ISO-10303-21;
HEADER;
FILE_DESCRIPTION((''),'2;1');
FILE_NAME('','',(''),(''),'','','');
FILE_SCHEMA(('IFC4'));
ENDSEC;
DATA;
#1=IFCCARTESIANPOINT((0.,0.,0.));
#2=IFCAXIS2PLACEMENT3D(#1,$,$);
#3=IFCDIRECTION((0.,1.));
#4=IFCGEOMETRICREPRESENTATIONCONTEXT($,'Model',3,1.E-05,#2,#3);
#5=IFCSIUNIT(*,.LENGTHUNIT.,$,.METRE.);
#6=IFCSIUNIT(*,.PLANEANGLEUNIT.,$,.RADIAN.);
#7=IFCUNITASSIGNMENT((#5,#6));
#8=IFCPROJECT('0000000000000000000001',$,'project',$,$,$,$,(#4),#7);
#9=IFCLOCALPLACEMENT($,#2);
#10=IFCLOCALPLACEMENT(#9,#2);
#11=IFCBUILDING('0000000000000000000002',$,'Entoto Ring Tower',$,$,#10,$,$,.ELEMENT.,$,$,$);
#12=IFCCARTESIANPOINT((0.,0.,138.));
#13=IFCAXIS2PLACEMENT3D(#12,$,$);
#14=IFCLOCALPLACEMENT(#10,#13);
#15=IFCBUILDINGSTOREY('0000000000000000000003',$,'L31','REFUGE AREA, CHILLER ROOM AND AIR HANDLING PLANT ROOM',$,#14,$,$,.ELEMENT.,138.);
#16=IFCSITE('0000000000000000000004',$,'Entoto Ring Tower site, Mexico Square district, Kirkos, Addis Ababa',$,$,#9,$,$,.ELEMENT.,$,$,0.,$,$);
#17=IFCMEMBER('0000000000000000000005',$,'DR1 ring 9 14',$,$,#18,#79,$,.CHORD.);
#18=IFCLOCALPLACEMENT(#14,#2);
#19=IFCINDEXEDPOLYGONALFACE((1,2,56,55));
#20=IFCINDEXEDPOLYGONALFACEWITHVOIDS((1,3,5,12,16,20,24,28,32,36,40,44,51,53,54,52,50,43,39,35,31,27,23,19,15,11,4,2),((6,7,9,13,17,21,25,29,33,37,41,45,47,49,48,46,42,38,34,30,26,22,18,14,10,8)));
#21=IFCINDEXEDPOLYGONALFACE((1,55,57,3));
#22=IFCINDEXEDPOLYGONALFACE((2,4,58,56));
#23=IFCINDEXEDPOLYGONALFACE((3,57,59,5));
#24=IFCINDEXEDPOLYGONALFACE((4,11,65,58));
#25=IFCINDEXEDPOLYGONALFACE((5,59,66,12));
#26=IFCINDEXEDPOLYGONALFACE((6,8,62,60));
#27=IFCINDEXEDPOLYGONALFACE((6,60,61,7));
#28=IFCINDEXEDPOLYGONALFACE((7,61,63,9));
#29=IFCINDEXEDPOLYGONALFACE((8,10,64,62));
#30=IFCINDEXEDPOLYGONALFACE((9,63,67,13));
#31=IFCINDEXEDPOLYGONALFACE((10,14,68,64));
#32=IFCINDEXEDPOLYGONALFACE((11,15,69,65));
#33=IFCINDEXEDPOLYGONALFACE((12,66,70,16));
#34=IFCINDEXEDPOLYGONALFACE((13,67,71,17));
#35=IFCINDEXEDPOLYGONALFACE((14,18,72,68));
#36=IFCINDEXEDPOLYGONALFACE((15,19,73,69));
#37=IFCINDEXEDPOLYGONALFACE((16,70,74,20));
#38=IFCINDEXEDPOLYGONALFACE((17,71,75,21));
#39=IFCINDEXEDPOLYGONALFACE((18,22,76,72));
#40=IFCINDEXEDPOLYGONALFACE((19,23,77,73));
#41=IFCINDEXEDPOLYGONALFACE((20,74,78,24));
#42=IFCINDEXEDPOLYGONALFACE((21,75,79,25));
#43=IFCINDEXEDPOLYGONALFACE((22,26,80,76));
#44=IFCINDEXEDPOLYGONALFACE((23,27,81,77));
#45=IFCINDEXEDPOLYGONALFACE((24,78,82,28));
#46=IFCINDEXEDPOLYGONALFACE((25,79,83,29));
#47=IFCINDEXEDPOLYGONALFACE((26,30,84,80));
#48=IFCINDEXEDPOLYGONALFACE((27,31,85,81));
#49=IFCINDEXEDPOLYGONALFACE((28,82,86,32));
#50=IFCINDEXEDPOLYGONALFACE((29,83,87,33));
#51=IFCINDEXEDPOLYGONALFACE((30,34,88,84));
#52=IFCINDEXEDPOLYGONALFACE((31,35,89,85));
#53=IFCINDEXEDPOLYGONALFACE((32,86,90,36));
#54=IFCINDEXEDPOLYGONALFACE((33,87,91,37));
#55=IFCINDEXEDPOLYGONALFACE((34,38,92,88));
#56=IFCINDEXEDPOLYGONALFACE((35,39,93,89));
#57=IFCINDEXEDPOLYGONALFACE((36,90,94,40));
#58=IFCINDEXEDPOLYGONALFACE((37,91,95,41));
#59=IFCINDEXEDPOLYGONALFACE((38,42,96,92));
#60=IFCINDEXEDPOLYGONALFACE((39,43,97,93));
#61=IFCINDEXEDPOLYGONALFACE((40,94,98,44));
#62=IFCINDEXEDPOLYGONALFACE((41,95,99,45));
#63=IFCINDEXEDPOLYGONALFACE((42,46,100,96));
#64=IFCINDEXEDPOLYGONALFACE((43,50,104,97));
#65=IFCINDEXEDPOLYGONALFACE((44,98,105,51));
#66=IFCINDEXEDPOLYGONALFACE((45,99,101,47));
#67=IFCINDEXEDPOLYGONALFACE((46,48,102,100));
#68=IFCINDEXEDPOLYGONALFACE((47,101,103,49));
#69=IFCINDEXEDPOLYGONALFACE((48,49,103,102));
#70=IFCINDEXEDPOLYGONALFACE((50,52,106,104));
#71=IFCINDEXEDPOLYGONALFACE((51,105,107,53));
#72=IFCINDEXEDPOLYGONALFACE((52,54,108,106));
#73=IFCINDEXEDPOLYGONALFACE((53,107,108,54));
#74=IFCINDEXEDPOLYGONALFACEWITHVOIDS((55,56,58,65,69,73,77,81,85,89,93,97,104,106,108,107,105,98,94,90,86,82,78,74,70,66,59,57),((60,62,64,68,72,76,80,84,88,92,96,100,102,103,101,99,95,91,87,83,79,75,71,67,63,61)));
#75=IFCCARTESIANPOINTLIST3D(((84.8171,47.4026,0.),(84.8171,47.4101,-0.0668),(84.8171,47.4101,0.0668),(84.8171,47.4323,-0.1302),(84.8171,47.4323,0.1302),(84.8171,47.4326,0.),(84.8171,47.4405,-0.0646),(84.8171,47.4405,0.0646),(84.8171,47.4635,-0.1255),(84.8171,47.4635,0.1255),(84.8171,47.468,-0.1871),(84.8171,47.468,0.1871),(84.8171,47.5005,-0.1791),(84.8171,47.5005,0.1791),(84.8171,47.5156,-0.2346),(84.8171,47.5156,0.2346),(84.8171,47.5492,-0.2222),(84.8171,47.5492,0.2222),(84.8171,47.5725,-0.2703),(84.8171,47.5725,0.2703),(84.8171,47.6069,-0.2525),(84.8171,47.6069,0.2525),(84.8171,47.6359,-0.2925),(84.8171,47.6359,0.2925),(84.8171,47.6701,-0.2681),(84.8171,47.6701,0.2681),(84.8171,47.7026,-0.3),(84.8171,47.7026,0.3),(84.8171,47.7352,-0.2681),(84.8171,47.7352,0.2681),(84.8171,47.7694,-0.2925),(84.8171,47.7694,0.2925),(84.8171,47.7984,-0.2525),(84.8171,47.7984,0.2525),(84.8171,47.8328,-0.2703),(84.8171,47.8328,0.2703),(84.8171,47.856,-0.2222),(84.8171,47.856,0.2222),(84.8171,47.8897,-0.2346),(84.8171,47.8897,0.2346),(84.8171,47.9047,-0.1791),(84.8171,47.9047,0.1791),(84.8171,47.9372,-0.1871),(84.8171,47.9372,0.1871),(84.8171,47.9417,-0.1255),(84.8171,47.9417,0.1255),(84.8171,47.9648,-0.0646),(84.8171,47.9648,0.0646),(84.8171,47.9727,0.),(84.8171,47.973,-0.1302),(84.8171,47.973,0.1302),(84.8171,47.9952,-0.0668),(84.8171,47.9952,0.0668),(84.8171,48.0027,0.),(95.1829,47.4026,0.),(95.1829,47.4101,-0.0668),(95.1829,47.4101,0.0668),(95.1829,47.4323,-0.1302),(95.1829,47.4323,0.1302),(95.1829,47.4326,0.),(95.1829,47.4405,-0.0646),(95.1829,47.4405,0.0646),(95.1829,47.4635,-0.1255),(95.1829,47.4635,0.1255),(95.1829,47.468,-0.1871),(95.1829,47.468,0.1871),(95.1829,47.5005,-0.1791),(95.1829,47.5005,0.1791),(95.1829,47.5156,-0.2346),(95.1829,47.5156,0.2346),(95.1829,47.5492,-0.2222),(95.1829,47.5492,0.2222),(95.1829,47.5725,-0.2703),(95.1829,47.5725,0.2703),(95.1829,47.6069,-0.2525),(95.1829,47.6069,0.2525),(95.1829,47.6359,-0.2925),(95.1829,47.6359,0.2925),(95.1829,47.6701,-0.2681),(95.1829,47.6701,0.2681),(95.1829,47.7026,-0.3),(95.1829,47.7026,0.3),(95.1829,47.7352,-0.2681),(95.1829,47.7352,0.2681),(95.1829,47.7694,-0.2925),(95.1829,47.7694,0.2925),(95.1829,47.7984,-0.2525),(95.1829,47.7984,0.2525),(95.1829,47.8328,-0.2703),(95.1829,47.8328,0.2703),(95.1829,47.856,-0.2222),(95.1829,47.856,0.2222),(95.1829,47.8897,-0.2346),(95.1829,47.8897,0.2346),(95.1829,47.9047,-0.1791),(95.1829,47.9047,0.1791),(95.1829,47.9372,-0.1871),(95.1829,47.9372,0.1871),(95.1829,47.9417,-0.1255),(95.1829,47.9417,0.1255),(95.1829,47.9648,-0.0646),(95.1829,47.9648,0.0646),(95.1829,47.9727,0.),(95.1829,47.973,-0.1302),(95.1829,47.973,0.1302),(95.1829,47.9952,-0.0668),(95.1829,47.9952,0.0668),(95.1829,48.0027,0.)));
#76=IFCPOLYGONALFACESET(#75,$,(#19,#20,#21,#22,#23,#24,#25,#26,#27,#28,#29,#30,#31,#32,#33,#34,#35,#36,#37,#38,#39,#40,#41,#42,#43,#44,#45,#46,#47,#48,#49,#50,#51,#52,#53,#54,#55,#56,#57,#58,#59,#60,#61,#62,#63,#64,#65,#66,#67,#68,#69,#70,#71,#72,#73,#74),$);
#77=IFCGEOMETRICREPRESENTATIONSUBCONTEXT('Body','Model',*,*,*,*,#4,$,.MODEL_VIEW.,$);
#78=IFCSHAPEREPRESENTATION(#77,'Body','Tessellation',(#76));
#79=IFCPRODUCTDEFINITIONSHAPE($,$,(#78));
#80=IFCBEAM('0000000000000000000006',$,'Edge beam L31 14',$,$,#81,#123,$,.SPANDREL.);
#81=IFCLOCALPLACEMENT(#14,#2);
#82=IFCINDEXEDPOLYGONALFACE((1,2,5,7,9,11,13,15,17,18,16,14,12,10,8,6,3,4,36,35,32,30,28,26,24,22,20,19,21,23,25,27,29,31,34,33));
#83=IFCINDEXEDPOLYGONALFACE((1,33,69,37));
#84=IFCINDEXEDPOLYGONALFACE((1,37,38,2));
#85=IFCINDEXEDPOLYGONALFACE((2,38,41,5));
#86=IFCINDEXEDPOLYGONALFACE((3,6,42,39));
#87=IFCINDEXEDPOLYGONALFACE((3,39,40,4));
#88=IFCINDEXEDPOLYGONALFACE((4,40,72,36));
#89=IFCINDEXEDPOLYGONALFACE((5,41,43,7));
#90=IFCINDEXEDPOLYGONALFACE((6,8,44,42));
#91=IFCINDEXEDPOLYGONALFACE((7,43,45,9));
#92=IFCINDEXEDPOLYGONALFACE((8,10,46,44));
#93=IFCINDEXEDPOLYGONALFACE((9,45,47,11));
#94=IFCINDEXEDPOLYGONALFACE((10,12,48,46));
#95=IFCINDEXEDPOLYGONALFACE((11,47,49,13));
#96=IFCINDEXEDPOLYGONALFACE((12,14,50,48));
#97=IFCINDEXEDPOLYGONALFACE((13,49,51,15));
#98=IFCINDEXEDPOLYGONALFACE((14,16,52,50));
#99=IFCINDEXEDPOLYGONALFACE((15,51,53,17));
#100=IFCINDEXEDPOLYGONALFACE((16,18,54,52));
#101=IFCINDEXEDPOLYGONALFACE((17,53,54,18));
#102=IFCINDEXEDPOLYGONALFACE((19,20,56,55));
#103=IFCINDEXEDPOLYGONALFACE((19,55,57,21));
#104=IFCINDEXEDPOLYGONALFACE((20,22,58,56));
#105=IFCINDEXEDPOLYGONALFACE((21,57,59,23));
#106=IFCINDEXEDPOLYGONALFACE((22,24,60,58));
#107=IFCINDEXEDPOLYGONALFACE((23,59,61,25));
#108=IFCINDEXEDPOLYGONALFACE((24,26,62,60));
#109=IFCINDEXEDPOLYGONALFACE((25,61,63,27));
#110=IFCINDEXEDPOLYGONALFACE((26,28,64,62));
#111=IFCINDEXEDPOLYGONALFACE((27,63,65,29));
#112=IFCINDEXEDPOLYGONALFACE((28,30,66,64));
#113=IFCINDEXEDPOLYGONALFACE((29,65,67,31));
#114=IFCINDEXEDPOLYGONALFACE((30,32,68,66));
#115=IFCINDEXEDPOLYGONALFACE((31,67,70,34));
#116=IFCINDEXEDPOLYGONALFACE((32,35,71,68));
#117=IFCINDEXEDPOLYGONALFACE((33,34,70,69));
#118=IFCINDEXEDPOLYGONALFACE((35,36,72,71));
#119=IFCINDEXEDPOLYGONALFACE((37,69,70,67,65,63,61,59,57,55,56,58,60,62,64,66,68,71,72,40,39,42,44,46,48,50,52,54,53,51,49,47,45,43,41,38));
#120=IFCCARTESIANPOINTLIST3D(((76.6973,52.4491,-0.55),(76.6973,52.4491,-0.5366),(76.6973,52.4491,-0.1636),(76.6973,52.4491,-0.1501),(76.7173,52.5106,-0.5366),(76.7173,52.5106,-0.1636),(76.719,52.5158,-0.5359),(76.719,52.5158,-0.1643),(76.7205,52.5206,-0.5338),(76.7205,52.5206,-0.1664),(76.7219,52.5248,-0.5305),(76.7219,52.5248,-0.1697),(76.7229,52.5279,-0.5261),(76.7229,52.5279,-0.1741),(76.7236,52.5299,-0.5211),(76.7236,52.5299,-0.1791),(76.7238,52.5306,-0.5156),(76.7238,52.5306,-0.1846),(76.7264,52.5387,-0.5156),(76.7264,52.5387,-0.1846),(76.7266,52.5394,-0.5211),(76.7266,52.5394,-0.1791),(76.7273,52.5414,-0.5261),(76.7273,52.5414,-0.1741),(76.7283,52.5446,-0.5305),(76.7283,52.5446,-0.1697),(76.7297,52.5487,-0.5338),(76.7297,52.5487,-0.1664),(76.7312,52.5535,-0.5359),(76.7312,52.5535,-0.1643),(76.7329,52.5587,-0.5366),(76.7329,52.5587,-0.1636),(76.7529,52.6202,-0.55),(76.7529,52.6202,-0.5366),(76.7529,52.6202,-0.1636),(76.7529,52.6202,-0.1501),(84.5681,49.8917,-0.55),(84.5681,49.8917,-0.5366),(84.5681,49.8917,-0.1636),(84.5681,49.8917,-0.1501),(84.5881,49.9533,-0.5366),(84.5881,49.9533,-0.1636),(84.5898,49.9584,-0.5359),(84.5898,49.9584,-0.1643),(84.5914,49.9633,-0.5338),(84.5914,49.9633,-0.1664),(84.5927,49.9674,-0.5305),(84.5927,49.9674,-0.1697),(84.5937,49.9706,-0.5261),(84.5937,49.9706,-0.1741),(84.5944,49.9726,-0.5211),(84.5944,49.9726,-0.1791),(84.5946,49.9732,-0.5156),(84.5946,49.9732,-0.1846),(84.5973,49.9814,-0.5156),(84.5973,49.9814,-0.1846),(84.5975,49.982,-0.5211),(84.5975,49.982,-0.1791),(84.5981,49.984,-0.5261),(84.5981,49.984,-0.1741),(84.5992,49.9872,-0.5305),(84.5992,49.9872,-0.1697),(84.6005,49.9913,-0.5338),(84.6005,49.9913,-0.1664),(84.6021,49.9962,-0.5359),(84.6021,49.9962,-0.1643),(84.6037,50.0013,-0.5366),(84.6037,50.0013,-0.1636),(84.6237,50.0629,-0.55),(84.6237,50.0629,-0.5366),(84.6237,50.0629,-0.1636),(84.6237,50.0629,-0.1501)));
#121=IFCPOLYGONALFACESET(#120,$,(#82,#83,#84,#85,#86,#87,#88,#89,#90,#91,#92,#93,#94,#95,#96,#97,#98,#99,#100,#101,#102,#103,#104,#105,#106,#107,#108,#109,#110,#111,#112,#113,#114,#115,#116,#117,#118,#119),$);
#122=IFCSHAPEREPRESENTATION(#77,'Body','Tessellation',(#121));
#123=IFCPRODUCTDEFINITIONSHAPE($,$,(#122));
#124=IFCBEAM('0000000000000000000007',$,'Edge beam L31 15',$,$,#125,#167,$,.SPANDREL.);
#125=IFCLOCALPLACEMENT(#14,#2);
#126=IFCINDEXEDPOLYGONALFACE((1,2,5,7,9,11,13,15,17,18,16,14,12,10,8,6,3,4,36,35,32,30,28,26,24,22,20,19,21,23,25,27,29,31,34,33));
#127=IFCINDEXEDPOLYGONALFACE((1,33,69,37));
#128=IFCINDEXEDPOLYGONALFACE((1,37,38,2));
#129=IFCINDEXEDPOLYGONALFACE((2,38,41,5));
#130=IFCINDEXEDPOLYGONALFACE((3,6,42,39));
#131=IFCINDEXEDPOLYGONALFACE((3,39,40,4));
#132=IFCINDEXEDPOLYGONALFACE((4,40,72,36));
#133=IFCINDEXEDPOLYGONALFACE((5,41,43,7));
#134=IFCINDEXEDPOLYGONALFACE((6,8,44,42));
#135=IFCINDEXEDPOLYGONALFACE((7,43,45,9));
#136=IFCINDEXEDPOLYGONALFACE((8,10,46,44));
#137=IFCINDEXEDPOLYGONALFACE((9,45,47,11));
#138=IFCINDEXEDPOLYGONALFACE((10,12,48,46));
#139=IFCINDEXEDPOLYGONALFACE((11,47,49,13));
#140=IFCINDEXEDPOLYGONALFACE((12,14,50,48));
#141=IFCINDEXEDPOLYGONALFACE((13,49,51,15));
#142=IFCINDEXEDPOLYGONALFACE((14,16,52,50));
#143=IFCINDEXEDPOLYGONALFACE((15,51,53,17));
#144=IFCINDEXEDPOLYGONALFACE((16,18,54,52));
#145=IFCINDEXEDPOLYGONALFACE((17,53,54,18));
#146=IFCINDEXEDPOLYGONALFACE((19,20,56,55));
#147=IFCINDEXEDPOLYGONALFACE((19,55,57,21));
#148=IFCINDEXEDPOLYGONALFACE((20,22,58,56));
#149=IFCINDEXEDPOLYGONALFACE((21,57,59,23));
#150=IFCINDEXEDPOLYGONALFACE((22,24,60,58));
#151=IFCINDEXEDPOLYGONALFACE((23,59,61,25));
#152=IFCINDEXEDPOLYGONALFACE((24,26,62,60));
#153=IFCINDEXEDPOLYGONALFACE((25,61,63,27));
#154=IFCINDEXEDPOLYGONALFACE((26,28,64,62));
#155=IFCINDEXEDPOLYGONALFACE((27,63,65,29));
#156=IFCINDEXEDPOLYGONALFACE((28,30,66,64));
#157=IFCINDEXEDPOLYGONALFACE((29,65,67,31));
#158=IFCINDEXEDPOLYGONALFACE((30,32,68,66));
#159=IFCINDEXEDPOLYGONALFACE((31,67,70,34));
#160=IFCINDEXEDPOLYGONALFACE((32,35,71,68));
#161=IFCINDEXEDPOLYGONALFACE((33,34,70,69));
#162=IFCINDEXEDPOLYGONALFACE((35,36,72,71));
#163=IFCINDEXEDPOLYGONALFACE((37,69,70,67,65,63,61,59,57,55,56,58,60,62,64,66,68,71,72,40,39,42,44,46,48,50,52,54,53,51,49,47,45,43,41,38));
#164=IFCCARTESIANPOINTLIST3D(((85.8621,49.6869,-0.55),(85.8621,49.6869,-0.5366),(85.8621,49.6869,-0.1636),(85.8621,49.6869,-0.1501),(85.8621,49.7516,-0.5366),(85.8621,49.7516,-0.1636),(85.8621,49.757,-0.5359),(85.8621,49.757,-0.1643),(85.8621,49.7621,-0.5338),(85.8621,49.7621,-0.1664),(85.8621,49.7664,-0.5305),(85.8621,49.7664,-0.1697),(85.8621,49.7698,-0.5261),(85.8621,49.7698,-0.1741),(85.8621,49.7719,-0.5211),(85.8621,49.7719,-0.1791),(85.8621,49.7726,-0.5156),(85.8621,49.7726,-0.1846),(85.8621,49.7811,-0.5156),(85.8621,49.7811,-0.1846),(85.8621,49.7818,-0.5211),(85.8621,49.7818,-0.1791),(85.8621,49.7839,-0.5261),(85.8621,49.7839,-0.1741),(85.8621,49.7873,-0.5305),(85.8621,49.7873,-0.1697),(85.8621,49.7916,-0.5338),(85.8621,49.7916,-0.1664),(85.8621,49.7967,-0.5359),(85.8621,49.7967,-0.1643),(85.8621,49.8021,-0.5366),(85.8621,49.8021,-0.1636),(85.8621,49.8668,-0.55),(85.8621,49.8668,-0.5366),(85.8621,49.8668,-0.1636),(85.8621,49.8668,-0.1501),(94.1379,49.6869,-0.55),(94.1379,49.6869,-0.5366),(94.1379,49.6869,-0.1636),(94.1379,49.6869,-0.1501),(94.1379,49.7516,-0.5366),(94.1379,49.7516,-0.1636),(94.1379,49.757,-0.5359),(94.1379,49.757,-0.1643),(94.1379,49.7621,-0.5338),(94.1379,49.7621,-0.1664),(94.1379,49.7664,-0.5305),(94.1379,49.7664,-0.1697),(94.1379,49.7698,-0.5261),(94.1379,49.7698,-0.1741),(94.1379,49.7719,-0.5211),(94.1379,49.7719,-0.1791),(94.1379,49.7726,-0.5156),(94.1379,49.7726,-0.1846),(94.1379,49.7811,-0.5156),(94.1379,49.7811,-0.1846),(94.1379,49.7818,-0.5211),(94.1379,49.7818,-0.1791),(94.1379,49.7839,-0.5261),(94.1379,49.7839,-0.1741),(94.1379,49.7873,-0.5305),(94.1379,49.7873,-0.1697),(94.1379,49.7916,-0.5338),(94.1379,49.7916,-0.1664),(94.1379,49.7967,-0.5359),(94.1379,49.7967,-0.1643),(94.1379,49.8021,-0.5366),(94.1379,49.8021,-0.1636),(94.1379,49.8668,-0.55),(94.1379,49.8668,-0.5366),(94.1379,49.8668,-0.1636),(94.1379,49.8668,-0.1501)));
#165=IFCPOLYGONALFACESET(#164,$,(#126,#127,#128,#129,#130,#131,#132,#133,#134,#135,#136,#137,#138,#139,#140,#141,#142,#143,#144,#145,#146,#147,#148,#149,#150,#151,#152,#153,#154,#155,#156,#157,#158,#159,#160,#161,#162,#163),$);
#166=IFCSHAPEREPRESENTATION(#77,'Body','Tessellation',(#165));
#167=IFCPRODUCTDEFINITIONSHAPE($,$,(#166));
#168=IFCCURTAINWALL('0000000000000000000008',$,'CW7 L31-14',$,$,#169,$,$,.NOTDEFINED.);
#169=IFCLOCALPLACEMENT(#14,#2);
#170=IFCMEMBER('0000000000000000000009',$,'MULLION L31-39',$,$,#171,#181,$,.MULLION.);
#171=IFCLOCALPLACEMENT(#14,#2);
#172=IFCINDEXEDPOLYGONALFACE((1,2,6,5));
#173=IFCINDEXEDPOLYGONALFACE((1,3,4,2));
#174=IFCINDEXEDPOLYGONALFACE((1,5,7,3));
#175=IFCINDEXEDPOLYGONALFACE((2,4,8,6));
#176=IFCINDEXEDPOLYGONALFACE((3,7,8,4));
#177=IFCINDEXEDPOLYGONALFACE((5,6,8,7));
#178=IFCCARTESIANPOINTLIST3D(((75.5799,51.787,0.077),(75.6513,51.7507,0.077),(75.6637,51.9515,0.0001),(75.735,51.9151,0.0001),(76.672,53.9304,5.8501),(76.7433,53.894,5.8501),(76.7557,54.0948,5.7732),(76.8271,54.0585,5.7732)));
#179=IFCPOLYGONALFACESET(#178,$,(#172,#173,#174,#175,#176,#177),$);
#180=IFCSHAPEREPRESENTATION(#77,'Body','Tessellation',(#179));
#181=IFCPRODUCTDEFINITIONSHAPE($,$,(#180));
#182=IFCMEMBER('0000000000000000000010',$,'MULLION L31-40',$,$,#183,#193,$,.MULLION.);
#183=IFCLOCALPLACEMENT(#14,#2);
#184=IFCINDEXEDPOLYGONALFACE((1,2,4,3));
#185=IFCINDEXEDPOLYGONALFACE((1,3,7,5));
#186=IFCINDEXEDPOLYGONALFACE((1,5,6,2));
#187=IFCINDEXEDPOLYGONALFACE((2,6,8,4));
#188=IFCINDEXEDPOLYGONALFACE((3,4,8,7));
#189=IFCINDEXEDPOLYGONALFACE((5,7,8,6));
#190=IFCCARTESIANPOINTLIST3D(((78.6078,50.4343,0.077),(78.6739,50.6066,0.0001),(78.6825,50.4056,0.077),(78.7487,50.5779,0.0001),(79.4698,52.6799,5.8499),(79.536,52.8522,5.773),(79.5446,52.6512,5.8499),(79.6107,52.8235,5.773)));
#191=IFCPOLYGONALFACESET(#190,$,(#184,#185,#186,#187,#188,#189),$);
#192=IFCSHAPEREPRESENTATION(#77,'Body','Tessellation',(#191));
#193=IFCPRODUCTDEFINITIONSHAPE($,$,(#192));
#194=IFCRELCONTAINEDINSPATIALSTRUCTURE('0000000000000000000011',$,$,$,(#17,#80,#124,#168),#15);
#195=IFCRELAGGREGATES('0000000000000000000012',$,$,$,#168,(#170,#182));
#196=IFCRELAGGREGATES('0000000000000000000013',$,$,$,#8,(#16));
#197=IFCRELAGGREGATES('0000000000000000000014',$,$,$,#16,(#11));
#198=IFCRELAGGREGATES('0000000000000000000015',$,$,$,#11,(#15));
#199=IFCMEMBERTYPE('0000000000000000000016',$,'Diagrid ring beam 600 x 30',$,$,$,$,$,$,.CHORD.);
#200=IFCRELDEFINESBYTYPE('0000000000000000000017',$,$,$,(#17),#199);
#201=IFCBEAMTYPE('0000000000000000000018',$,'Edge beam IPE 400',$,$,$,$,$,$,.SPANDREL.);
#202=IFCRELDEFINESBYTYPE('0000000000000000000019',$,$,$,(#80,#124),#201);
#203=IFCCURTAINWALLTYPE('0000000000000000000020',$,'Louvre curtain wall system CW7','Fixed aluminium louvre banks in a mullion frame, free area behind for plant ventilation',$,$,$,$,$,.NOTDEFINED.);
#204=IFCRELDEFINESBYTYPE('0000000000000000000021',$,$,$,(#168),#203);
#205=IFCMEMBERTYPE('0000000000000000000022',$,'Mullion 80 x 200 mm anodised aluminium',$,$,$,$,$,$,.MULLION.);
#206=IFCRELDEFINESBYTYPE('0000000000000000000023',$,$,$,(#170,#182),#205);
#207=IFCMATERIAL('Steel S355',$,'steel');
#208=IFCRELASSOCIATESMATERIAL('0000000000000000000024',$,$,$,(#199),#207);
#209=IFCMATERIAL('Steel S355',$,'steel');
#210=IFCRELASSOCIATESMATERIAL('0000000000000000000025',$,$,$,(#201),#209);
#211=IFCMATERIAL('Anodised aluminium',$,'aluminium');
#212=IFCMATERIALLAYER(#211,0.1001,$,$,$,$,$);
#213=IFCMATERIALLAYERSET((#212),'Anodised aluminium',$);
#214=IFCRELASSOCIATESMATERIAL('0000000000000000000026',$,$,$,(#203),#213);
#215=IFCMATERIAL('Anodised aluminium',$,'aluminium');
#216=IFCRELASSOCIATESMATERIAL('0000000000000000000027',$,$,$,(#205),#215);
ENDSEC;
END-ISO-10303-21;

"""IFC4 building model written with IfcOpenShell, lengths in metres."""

from ifc_helpers import new_model, si_unit, direction, frame, origin, origin_2d, place, context, subcontext, project, spatial, rectangle, circle, hollow_circle, i_section, extrude, material, layer, layer_set, material_profile, profile_set, type_object, element, aggregate, save


model = new_model("IFC4")

# Units and contexts
model_context = context("Model", 3, precision=1e-05, world=origin(), true_north=direction((0.0, 1.0)))
body_context = subcontext(model_context, "Body", "Model", "MODEL_VIEW")
ifc_project = project(units=[si_unit("LENGTHUNIT", "METRE"), si_unit("PLANEANGLEUNIT", "RADIAN")], contexts=[model_context])

# Site, building, storey
site_placement = place(None, origin())
site = spatial("IfcSite", under=ifc_project, at=site_placement, Name="Entoto Ring Tower site, Mexico Square district, Kirkos, Addis Ababa", CompositionType="ELEMENT", RefElevation=0.0)
building_placement = place(site_placement, origin())
building = spatial("IfcBuilding", under=site, at=building_placement, Name="Entoto Ring Tower", CompositionType="ELEMENT")
storey_placement = place(building_placement, frame((0.0, 0.0, 138.0)))
storey = spatial("IfcBuildingStorey", under=building, at=storey_placement, Name="L31", Description="REFUGE AREA, CHILLER ROOM AND AIR HANDLING PLANT ROOM", CompositionType="ELEMENT", Elevation=138.0)

# Member
ifc_material_1 = material(Name="Steel S355", Category="steel")
ifc_material_profile_1 = material_profile(ifc_material_1, hollow_circle(Radius=0.3, WallThickness=0.03, at=origin_2d()), Name="CHS 600 x 30")
ifc_material_2 = material(Name="Concrete C60/75", Category="concrete")
ifc_material_profile_2 = material_profile(ifc_material_2, circle(Radius=0.27, at=origin_2d()), Name="Concrete C60/75 infill")
ifc_profile_set_1 = profile_set([ifc_material_profile_1, ifc_material_profile_2], Name="Steel S355")
member_type_1 = type_object("IfcMemberType", Name="Diagrid ring beam 600 x 30", PredefinedType="CHORD", material=ifc_profile_set_1)
member_1_placement = place(storey_placement, frame((84.8171, 47.7026, 0.0), z_axis=(1.0, 0.0, 0.0), x_axis=(0.0, 1.0, 0.0)))
element("IfcMember", 1, at=member_1_placement, inside=storey, type_object=member_type_1, Name="DR1 ring 9 14", PredefinedType="CHORD", context=body_context, shape_type="SweptSolid", body=[
    extrude(hollow_circle(Radius=0.3, WallThickness=0.03, at=origin_2d()), origin(), (0.0, 0.0, 1.0), 10.3657),
])

# Beams
ifc_material_3 = material(Name="Steel S355", Category="steel")
ifc_material_profile_3 = material_profile(ifc_material_3, i_section(OverallWidth=0.1799, OverallDepth=0.3999, WebThickness=0.0085, FlangeThickness=0.0134, FilletRadius=0.021, at=origin_2d()), Name="IPE 400")
ifc_profile_set_2 = profile_set([ifc_material_profile_3], Name="Steel S355")
beam_type = type_object("IfcBeamType", Name="Edge beam IPE 400", PredefinedType="SPANDREL", material=ifc_profile_set_2)
for number, where, z_axis, x_axis, name in (
    (2, (76.7251, 52.5347, -0.3501), (0.951057, -0.309015, 0.0), (0.309015, 0.951057, 0.0), "Edge beam L31 14"),
    (3, (85.8621, 49.7769, -0.3501), (1.0, 0.0, 0.0), (0.0, 1.0, 0.0), "Edge beam L31 15"),
):
    element("IfcBeam", number, at=place(storey_placement, frame(where, z_axis=z_axis, x_axis=x_axis)), inside=storey, type_object=beam_type, Name=name, PredefinedType="SPANDREL", context=body_context, shape_type="SweptSolid", body=[
        extrude(i_section(OverallWidth=0.1799, OverallDepth=0.3999, WebThickness=0.0085, FlangeThickness=0.0134, FilletRadius=0.021, at=origin_2d()), origin(), (0.0, 0.0, 1.0), 8.2759),
    ])

# Curtain wall, members
ifc_material_4 = material(Name="Anodised aluminium", Category="aluminium")
ifc_layer_1 = layer(ifc_material_4, 0.1001)
ifc_layer_set_1 = layer_set([ifc_layer_1], Name="Anodised aluminium")
curtain_wall_type = type_object("IfcCurtainWallType", Name="Louvre curtain wall system CW7", Description="Fixed aluminium louvre banks in a mullion frame, free area behind for plant ventilation", PredefinedType="NOTDEFINED", material=ifc_layer_set_1)
curtain_wall_1_placement = place(storey_placement, origin())
curtain_wall_1 = element("IfcCurtainWall", 4, at=curtain_wall_1_placement, inside=storey, type_object=curtain_wall_type, Name="CW7 L31-14", PredefinedType="NOTDEFINED")
ifc_material_5 = material(Name="Anodised aluminium", Category="aluminium")
ifc_material_profile_4 = material_profile(ifc_material_5, rectangle(XDim=0.0801, YDim=0.2, at=origin_2d()), Name="Mullion 80 x 200 mm anodised aluminium")
ifc_profile_set_3 = profile_set([ifc_material_profile_4], Name="Anodised aluminium")
member_type_2 = type_object("IfcMemberType", Name="Mullion 80 x 200 mm anodised aluminium", PredefinedType="MULLION", material=ifc_profile_set_3)
member_2_placement = place(storey_placement, frame((75.6575, 51.8511, 0.0386), z_axis=(0.174613, 0.342707, 0.923072), x_axis=(-0.891012, 0.453981, 0.0)))
member_2 = element("IfcMember", 5, at=member_2_placement, type_object=member_type_2, Name="MULLION L31-39", PredefinedType="MULLION", context=body_context, shape_type="SweptSolid", body=[
    extrude(rectangle(XDim=0.0801, YDim=0.2, at=origin_2d()), origin(), (0.0, 0.0, 1.0), 6.2542),
])
member_3_placement = place(storey_placement, frame((78.6782, 50.5061, 0.0386), z_axis=(0.137841, 0.359066, 0.923077), x_axis=(-0.933573, 0.358387, 0.0)))
member_3 = element("IfcMember", 6, at=member_3_placement, type_object=member_type_2, Name="MULLION L31-40", PredefinedType="MULLION", context=body_context, shape_type="SweptSolid", body=[
    extrude(rectangle(XDim=0.0801, YDim=0.2, at=origin_2d()), origin(), (0.0, 0.0, 1.0), 6.2539),
])
aggregate(curtain_wall_1, [member_2, member_3])

save(model, "model.ifc")
